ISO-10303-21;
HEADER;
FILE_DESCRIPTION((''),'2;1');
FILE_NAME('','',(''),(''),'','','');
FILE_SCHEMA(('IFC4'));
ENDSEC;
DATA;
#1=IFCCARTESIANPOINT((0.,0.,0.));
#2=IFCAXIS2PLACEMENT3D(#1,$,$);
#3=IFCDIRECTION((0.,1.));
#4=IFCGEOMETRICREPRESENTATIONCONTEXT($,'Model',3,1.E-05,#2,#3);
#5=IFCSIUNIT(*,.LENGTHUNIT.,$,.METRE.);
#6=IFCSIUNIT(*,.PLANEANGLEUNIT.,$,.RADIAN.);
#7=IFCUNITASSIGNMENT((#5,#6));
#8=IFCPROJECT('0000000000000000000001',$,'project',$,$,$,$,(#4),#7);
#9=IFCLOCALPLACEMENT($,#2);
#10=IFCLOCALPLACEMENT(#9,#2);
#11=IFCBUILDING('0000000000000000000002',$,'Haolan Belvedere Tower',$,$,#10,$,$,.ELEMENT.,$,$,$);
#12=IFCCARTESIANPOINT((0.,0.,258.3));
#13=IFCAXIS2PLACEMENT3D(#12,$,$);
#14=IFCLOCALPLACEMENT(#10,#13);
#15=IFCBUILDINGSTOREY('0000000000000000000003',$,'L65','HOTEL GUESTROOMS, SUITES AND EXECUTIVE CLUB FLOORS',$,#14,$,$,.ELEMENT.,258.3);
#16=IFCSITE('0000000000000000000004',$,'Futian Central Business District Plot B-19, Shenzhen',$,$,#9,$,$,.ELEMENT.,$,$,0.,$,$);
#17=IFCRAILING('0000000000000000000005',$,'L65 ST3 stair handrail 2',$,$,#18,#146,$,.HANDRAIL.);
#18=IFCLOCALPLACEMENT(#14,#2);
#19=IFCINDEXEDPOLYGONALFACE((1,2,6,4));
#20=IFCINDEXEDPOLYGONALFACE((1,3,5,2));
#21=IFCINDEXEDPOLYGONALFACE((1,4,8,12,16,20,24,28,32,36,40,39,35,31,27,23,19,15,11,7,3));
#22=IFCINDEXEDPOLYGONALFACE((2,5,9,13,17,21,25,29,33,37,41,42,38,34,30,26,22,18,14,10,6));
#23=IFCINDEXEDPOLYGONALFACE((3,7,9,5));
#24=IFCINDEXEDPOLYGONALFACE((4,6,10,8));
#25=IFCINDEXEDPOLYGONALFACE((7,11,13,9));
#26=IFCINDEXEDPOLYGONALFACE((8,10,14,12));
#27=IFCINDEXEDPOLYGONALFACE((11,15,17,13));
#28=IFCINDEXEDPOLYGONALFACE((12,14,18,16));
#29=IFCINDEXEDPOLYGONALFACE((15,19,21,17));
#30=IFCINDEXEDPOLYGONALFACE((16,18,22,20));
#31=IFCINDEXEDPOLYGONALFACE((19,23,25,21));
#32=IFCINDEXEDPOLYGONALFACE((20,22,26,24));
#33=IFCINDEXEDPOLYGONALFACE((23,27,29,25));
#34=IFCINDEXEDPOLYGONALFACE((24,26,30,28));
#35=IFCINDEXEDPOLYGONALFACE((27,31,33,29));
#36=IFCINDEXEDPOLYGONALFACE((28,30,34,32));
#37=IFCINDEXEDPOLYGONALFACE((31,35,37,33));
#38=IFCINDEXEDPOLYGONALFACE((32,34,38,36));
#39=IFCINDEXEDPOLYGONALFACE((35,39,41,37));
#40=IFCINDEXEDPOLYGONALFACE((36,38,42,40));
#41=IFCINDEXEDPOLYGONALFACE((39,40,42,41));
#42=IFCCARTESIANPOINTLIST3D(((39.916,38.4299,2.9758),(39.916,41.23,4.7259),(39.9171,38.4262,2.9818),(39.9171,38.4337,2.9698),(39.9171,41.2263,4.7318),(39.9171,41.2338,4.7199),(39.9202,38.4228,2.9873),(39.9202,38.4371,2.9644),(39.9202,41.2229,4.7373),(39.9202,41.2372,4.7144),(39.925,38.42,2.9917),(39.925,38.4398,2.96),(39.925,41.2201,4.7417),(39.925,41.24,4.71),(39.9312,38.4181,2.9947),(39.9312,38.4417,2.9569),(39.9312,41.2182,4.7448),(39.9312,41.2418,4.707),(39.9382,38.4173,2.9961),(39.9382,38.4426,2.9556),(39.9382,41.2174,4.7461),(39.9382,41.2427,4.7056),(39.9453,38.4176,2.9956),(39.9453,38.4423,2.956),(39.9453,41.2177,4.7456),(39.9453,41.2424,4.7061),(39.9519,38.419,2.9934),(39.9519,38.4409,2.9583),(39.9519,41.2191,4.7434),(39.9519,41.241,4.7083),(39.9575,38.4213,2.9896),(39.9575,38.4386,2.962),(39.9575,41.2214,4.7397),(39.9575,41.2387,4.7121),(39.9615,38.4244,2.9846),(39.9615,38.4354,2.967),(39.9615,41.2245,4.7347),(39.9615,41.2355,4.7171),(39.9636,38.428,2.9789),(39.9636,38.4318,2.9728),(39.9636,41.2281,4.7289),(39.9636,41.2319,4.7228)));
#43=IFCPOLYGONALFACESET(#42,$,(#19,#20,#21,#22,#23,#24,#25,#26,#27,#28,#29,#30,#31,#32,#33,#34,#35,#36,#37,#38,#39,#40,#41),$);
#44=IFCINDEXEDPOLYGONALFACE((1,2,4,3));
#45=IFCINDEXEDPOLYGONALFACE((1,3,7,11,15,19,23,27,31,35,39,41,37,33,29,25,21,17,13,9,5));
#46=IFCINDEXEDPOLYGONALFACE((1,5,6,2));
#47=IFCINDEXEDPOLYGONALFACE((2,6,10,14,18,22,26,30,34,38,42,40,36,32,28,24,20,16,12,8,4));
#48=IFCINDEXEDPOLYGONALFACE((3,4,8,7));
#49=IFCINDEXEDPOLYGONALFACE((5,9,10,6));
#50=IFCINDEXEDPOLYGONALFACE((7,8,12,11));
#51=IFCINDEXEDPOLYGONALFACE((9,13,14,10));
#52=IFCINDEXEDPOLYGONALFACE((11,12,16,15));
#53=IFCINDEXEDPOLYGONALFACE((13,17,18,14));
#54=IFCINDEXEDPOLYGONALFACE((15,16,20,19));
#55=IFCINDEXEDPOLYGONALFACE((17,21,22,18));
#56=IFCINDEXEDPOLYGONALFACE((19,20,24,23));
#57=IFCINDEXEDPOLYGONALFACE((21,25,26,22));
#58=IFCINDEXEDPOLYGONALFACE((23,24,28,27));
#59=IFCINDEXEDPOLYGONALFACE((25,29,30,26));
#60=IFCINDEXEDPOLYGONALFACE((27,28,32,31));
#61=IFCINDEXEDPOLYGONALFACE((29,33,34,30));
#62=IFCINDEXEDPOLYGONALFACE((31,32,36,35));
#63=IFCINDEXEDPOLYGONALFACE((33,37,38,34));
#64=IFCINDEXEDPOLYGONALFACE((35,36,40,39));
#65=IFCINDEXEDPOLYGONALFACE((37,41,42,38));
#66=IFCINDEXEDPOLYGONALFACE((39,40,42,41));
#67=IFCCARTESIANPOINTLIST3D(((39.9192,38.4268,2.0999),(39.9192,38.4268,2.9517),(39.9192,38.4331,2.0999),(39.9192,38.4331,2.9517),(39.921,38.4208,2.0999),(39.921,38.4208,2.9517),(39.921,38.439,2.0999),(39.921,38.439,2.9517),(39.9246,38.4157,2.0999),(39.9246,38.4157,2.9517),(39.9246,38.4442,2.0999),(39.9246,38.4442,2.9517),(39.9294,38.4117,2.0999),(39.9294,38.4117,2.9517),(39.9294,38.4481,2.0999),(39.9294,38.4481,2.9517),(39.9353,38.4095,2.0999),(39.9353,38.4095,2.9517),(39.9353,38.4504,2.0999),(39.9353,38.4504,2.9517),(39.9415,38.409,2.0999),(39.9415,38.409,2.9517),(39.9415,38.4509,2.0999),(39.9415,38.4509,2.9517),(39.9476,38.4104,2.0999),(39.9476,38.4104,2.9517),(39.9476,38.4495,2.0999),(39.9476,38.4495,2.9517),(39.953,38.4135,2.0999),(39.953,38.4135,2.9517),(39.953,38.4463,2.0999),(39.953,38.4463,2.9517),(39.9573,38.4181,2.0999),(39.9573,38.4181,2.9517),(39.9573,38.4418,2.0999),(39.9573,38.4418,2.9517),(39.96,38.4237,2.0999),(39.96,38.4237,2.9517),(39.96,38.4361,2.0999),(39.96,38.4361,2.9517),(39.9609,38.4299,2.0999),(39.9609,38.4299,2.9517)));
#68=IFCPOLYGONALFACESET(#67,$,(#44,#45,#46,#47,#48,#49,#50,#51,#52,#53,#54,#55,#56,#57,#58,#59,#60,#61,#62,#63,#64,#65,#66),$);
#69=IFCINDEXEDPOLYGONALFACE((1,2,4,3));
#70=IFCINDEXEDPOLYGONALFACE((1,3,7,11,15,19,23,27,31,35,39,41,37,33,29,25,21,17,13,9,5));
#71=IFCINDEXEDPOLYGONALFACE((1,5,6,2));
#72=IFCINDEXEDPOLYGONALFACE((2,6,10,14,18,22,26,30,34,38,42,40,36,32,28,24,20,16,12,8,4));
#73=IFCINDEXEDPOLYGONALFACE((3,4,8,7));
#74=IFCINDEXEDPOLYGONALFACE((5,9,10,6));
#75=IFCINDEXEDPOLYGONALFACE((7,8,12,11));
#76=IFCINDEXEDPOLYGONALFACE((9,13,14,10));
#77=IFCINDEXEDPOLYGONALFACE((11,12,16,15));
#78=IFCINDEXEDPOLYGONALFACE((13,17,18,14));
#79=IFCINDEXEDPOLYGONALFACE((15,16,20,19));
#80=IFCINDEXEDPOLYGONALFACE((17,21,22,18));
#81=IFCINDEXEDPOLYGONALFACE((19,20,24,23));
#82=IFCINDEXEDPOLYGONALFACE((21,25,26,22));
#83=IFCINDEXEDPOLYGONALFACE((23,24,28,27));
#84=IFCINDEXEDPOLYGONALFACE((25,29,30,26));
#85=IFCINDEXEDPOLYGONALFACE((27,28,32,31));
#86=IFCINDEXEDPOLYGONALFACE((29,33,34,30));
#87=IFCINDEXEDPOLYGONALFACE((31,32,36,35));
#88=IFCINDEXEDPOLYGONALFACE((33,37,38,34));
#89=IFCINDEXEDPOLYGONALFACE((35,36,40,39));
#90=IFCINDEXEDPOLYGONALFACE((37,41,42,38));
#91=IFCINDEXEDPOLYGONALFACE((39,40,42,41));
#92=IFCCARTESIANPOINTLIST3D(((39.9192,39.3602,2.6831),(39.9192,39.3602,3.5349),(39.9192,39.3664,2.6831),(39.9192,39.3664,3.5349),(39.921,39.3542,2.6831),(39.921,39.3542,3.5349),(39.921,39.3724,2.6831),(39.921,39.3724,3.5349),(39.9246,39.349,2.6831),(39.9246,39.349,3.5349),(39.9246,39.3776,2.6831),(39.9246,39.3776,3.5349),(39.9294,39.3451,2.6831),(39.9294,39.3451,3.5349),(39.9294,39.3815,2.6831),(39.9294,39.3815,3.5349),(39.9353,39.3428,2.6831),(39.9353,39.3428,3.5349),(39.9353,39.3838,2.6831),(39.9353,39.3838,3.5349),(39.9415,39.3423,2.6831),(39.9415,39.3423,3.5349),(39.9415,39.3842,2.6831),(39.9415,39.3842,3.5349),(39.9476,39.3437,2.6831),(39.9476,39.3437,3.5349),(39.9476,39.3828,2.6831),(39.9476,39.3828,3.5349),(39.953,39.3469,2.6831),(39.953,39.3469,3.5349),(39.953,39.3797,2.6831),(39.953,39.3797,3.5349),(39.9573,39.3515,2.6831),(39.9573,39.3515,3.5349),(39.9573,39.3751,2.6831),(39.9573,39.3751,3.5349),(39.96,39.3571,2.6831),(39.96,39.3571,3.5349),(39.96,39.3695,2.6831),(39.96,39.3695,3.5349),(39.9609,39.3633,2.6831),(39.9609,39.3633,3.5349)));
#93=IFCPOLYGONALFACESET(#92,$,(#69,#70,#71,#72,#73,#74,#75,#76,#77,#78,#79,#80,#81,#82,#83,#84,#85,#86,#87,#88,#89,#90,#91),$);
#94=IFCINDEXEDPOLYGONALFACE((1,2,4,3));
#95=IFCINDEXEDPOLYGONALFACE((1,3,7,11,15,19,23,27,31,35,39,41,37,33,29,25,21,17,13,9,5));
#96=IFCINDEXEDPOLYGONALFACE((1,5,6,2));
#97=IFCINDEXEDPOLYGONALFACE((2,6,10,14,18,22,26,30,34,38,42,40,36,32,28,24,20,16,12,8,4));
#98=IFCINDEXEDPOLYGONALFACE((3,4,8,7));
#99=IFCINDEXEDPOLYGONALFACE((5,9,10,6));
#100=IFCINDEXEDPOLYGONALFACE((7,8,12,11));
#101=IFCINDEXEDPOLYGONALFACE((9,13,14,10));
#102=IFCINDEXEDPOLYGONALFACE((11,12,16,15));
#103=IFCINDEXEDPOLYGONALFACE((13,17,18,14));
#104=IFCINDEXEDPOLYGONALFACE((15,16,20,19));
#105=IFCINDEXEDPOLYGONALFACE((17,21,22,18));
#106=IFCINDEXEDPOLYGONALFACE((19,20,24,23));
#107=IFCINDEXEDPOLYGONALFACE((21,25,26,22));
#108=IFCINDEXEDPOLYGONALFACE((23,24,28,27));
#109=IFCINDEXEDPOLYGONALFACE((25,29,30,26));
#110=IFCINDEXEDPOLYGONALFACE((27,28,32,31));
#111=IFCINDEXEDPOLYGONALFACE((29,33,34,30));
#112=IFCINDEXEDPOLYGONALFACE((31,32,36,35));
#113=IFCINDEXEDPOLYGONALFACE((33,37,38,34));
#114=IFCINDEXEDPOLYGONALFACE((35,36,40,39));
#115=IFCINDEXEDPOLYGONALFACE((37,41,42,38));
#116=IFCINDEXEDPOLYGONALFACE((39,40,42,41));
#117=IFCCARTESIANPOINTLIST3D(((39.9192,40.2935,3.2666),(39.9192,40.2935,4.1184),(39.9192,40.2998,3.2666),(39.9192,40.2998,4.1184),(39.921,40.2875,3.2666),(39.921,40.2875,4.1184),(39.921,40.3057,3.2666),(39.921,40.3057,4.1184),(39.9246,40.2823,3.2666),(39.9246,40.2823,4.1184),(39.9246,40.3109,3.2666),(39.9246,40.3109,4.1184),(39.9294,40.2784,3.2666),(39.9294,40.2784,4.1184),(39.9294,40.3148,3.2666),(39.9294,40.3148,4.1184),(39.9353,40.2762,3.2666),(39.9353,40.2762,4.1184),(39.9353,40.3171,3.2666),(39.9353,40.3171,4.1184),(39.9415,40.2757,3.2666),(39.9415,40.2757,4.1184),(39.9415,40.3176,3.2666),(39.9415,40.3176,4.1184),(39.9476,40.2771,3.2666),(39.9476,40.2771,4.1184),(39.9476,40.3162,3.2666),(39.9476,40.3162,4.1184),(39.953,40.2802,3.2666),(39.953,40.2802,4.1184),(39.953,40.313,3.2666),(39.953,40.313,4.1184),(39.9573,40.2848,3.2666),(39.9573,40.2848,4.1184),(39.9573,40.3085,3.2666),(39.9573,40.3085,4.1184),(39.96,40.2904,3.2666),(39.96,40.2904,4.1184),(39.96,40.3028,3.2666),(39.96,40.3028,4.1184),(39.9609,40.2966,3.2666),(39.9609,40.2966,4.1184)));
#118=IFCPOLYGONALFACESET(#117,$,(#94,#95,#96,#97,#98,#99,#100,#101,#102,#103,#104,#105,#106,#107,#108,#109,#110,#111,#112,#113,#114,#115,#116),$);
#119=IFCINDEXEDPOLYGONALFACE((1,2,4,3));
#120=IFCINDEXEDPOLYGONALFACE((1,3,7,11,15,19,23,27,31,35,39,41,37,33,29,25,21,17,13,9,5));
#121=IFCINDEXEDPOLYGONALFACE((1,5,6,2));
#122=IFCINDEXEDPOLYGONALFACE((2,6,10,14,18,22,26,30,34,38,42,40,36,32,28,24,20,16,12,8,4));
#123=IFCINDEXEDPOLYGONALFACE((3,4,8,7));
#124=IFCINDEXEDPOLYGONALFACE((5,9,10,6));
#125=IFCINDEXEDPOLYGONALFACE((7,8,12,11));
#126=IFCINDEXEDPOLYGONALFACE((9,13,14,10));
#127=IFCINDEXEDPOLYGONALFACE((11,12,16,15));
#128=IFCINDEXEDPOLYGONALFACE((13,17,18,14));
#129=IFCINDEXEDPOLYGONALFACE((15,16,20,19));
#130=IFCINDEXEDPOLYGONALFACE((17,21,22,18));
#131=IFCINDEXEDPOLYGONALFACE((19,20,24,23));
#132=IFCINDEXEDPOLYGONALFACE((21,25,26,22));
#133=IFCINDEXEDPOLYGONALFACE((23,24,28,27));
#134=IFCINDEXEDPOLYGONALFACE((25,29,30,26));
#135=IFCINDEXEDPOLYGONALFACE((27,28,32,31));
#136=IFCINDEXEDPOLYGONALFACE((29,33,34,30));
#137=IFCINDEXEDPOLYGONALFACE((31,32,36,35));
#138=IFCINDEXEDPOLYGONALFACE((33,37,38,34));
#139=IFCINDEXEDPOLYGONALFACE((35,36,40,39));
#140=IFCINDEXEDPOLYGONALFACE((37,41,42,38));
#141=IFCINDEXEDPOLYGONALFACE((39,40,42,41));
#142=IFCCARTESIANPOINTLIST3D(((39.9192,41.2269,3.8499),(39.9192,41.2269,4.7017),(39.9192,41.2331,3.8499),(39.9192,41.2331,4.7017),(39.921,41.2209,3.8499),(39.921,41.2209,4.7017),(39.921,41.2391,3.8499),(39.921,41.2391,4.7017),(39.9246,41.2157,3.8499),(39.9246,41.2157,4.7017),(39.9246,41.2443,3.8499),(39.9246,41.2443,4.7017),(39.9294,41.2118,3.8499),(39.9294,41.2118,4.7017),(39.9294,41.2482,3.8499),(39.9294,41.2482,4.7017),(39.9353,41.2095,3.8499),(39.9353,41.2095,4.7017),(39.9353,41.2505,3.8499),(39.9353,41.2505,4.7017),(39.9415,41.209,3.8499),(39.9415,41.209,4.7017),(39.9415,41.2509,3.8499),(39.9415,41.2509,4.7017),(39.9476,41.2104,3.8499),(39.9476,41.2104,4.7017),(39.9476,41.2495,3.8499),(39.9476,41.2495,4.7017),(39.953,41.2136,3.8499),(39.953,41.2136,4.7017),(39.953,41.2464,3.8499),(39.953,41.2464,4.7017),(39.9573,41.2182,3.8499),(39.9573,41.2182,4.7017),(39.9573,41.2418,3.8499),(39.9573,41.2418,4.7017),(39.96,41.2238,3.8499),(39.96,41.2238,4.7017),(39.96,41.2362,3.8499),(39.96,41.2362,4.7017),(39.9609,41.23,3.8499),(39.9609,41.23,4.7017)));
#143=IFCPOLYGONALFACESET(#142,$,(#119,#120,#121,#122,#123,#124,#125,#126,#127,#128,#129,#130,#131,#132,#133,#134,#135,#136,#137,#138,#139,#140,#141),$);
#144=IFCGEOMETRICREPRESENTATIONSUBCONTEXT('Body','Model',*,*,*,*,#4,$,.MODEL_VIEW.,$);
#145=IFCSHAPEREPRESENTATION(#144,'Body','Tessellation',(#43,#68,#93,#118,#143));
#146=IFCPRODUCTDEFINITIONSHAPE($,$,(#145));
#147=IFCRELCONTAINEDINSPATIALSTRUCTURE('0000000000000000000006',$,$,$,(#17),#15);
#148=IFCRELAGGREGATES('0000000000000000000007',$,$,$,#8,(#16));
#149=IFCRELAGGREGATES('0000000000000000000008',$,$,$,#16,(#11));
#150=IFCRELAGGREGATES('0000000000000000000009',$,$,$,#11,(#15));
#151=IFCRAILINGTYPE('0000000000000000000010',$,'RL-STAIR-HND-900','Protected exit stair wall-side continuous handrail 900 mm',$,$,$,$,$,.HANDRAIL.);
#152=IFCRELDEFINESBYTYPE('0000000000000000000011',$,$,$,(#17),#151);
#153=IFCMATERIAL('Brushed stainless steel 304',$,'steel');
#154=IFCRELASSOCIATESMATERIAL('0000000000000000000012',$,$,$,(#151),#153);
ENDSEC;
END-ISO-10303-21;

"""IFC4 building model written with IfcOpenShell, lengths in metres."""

from ifc_helpers import new_model, si_unit, direction, frame, origin, origin_2d, place, context, subcontext, project, spatial, circle, extrude, material, type_object, element, save


model = new_model("IFC4")

# Units and contexts
model_context = context("Model", 3, precision=1e-05, world=origin(), true_north=direction((0.0, 1.0)))
body_context = subcontext(model_context, "Body", "Model", "MODEL_VIEW")
ifc_project = project(units=[si_unit("LENGTHUNIT", "METRE"), si_unit("PLANEANGLEUNIT", "RADIAN")], contexts=[model_context])

# Site, building, storey
site_placement = place(None, origin())
site = spatial("IfcSite", under=ifc_project, at=site_placement, Name="Futian Central Business District Plot B-19, Shenzhen", CompositionType="ELEMENT", RefElevation=0.0)
building_placement = place(site_placement, origin())
building = spatial("IfcBuilding", under=site, at=building_placement, Name="Haolan Belvedere Tower", CompositionType="ELEMENT")
storey_placement = place(building_placement, frame((0.0, 0.0, 258.3)))
storey = spatial("IfcBuildingStorey", under=building, at=storey_placement, Name="L65", Description="HOTEL GUESTROOMS, SUITES AND EXECUTIVE CLUB FLOORS", CompositionType="ELEMENT", Elevation=258.3)

# Railing
ifc_material_1 = material(Name="Brushed stainless steel 304", Category="steel")
railing_type_1 = type_object("IfcRailingType", Name="RL-STAIR-HND-900", Description="Protected exit stair wall-side continuous handrail 900 mm", PredefinedType="HANDRAIL", material=ifc_material_1)
railing_1_placement = place(storey_placement, frame((39.9399, 38.4299, 2.0999)))
element("IfcRailing", 1, at=railing_1_placement, inside=storey, type_object=railing_type_1, Name="L65 ST3 stair handrail 2", PredefinedType="HANDRAIL", context=body_context, shape_type="SweptSolid", body=[
    extrude(circle(Radius=0.0239, at=origin_2d()), frame((0.0, 0.0, 0.876), z_axis=(0.0, 0.848002, 0.529992), x_axis=(-1.0, 0.0, 0.0)), (0.0, 0.0, 1.0), 3.302),
    extrude(circle(Radius=0.021, at=origin_2d()), origin(), (0.0, 0.0, 1.0), 0.8518),
    extrude(circle(Radius=0.021, at=origin_2d()), frame((0.0, 0.9333, 0.5833)), (0.0, 0.0, 1.0), 0.8518),
    extrude(circle(Radius=0.021, at=origin_2d()), frame((0.0, 1.8667, 1.1667)), (0.0, 0.0, 1.0), 0.8518),
    extrude(circle(Radius=0.021, at=origin_2d()), frame((0.0, 2.8, 1.75)), (0.0, 0.0, 1.0), 0.8518),
])

save(model, "model.ifc")
